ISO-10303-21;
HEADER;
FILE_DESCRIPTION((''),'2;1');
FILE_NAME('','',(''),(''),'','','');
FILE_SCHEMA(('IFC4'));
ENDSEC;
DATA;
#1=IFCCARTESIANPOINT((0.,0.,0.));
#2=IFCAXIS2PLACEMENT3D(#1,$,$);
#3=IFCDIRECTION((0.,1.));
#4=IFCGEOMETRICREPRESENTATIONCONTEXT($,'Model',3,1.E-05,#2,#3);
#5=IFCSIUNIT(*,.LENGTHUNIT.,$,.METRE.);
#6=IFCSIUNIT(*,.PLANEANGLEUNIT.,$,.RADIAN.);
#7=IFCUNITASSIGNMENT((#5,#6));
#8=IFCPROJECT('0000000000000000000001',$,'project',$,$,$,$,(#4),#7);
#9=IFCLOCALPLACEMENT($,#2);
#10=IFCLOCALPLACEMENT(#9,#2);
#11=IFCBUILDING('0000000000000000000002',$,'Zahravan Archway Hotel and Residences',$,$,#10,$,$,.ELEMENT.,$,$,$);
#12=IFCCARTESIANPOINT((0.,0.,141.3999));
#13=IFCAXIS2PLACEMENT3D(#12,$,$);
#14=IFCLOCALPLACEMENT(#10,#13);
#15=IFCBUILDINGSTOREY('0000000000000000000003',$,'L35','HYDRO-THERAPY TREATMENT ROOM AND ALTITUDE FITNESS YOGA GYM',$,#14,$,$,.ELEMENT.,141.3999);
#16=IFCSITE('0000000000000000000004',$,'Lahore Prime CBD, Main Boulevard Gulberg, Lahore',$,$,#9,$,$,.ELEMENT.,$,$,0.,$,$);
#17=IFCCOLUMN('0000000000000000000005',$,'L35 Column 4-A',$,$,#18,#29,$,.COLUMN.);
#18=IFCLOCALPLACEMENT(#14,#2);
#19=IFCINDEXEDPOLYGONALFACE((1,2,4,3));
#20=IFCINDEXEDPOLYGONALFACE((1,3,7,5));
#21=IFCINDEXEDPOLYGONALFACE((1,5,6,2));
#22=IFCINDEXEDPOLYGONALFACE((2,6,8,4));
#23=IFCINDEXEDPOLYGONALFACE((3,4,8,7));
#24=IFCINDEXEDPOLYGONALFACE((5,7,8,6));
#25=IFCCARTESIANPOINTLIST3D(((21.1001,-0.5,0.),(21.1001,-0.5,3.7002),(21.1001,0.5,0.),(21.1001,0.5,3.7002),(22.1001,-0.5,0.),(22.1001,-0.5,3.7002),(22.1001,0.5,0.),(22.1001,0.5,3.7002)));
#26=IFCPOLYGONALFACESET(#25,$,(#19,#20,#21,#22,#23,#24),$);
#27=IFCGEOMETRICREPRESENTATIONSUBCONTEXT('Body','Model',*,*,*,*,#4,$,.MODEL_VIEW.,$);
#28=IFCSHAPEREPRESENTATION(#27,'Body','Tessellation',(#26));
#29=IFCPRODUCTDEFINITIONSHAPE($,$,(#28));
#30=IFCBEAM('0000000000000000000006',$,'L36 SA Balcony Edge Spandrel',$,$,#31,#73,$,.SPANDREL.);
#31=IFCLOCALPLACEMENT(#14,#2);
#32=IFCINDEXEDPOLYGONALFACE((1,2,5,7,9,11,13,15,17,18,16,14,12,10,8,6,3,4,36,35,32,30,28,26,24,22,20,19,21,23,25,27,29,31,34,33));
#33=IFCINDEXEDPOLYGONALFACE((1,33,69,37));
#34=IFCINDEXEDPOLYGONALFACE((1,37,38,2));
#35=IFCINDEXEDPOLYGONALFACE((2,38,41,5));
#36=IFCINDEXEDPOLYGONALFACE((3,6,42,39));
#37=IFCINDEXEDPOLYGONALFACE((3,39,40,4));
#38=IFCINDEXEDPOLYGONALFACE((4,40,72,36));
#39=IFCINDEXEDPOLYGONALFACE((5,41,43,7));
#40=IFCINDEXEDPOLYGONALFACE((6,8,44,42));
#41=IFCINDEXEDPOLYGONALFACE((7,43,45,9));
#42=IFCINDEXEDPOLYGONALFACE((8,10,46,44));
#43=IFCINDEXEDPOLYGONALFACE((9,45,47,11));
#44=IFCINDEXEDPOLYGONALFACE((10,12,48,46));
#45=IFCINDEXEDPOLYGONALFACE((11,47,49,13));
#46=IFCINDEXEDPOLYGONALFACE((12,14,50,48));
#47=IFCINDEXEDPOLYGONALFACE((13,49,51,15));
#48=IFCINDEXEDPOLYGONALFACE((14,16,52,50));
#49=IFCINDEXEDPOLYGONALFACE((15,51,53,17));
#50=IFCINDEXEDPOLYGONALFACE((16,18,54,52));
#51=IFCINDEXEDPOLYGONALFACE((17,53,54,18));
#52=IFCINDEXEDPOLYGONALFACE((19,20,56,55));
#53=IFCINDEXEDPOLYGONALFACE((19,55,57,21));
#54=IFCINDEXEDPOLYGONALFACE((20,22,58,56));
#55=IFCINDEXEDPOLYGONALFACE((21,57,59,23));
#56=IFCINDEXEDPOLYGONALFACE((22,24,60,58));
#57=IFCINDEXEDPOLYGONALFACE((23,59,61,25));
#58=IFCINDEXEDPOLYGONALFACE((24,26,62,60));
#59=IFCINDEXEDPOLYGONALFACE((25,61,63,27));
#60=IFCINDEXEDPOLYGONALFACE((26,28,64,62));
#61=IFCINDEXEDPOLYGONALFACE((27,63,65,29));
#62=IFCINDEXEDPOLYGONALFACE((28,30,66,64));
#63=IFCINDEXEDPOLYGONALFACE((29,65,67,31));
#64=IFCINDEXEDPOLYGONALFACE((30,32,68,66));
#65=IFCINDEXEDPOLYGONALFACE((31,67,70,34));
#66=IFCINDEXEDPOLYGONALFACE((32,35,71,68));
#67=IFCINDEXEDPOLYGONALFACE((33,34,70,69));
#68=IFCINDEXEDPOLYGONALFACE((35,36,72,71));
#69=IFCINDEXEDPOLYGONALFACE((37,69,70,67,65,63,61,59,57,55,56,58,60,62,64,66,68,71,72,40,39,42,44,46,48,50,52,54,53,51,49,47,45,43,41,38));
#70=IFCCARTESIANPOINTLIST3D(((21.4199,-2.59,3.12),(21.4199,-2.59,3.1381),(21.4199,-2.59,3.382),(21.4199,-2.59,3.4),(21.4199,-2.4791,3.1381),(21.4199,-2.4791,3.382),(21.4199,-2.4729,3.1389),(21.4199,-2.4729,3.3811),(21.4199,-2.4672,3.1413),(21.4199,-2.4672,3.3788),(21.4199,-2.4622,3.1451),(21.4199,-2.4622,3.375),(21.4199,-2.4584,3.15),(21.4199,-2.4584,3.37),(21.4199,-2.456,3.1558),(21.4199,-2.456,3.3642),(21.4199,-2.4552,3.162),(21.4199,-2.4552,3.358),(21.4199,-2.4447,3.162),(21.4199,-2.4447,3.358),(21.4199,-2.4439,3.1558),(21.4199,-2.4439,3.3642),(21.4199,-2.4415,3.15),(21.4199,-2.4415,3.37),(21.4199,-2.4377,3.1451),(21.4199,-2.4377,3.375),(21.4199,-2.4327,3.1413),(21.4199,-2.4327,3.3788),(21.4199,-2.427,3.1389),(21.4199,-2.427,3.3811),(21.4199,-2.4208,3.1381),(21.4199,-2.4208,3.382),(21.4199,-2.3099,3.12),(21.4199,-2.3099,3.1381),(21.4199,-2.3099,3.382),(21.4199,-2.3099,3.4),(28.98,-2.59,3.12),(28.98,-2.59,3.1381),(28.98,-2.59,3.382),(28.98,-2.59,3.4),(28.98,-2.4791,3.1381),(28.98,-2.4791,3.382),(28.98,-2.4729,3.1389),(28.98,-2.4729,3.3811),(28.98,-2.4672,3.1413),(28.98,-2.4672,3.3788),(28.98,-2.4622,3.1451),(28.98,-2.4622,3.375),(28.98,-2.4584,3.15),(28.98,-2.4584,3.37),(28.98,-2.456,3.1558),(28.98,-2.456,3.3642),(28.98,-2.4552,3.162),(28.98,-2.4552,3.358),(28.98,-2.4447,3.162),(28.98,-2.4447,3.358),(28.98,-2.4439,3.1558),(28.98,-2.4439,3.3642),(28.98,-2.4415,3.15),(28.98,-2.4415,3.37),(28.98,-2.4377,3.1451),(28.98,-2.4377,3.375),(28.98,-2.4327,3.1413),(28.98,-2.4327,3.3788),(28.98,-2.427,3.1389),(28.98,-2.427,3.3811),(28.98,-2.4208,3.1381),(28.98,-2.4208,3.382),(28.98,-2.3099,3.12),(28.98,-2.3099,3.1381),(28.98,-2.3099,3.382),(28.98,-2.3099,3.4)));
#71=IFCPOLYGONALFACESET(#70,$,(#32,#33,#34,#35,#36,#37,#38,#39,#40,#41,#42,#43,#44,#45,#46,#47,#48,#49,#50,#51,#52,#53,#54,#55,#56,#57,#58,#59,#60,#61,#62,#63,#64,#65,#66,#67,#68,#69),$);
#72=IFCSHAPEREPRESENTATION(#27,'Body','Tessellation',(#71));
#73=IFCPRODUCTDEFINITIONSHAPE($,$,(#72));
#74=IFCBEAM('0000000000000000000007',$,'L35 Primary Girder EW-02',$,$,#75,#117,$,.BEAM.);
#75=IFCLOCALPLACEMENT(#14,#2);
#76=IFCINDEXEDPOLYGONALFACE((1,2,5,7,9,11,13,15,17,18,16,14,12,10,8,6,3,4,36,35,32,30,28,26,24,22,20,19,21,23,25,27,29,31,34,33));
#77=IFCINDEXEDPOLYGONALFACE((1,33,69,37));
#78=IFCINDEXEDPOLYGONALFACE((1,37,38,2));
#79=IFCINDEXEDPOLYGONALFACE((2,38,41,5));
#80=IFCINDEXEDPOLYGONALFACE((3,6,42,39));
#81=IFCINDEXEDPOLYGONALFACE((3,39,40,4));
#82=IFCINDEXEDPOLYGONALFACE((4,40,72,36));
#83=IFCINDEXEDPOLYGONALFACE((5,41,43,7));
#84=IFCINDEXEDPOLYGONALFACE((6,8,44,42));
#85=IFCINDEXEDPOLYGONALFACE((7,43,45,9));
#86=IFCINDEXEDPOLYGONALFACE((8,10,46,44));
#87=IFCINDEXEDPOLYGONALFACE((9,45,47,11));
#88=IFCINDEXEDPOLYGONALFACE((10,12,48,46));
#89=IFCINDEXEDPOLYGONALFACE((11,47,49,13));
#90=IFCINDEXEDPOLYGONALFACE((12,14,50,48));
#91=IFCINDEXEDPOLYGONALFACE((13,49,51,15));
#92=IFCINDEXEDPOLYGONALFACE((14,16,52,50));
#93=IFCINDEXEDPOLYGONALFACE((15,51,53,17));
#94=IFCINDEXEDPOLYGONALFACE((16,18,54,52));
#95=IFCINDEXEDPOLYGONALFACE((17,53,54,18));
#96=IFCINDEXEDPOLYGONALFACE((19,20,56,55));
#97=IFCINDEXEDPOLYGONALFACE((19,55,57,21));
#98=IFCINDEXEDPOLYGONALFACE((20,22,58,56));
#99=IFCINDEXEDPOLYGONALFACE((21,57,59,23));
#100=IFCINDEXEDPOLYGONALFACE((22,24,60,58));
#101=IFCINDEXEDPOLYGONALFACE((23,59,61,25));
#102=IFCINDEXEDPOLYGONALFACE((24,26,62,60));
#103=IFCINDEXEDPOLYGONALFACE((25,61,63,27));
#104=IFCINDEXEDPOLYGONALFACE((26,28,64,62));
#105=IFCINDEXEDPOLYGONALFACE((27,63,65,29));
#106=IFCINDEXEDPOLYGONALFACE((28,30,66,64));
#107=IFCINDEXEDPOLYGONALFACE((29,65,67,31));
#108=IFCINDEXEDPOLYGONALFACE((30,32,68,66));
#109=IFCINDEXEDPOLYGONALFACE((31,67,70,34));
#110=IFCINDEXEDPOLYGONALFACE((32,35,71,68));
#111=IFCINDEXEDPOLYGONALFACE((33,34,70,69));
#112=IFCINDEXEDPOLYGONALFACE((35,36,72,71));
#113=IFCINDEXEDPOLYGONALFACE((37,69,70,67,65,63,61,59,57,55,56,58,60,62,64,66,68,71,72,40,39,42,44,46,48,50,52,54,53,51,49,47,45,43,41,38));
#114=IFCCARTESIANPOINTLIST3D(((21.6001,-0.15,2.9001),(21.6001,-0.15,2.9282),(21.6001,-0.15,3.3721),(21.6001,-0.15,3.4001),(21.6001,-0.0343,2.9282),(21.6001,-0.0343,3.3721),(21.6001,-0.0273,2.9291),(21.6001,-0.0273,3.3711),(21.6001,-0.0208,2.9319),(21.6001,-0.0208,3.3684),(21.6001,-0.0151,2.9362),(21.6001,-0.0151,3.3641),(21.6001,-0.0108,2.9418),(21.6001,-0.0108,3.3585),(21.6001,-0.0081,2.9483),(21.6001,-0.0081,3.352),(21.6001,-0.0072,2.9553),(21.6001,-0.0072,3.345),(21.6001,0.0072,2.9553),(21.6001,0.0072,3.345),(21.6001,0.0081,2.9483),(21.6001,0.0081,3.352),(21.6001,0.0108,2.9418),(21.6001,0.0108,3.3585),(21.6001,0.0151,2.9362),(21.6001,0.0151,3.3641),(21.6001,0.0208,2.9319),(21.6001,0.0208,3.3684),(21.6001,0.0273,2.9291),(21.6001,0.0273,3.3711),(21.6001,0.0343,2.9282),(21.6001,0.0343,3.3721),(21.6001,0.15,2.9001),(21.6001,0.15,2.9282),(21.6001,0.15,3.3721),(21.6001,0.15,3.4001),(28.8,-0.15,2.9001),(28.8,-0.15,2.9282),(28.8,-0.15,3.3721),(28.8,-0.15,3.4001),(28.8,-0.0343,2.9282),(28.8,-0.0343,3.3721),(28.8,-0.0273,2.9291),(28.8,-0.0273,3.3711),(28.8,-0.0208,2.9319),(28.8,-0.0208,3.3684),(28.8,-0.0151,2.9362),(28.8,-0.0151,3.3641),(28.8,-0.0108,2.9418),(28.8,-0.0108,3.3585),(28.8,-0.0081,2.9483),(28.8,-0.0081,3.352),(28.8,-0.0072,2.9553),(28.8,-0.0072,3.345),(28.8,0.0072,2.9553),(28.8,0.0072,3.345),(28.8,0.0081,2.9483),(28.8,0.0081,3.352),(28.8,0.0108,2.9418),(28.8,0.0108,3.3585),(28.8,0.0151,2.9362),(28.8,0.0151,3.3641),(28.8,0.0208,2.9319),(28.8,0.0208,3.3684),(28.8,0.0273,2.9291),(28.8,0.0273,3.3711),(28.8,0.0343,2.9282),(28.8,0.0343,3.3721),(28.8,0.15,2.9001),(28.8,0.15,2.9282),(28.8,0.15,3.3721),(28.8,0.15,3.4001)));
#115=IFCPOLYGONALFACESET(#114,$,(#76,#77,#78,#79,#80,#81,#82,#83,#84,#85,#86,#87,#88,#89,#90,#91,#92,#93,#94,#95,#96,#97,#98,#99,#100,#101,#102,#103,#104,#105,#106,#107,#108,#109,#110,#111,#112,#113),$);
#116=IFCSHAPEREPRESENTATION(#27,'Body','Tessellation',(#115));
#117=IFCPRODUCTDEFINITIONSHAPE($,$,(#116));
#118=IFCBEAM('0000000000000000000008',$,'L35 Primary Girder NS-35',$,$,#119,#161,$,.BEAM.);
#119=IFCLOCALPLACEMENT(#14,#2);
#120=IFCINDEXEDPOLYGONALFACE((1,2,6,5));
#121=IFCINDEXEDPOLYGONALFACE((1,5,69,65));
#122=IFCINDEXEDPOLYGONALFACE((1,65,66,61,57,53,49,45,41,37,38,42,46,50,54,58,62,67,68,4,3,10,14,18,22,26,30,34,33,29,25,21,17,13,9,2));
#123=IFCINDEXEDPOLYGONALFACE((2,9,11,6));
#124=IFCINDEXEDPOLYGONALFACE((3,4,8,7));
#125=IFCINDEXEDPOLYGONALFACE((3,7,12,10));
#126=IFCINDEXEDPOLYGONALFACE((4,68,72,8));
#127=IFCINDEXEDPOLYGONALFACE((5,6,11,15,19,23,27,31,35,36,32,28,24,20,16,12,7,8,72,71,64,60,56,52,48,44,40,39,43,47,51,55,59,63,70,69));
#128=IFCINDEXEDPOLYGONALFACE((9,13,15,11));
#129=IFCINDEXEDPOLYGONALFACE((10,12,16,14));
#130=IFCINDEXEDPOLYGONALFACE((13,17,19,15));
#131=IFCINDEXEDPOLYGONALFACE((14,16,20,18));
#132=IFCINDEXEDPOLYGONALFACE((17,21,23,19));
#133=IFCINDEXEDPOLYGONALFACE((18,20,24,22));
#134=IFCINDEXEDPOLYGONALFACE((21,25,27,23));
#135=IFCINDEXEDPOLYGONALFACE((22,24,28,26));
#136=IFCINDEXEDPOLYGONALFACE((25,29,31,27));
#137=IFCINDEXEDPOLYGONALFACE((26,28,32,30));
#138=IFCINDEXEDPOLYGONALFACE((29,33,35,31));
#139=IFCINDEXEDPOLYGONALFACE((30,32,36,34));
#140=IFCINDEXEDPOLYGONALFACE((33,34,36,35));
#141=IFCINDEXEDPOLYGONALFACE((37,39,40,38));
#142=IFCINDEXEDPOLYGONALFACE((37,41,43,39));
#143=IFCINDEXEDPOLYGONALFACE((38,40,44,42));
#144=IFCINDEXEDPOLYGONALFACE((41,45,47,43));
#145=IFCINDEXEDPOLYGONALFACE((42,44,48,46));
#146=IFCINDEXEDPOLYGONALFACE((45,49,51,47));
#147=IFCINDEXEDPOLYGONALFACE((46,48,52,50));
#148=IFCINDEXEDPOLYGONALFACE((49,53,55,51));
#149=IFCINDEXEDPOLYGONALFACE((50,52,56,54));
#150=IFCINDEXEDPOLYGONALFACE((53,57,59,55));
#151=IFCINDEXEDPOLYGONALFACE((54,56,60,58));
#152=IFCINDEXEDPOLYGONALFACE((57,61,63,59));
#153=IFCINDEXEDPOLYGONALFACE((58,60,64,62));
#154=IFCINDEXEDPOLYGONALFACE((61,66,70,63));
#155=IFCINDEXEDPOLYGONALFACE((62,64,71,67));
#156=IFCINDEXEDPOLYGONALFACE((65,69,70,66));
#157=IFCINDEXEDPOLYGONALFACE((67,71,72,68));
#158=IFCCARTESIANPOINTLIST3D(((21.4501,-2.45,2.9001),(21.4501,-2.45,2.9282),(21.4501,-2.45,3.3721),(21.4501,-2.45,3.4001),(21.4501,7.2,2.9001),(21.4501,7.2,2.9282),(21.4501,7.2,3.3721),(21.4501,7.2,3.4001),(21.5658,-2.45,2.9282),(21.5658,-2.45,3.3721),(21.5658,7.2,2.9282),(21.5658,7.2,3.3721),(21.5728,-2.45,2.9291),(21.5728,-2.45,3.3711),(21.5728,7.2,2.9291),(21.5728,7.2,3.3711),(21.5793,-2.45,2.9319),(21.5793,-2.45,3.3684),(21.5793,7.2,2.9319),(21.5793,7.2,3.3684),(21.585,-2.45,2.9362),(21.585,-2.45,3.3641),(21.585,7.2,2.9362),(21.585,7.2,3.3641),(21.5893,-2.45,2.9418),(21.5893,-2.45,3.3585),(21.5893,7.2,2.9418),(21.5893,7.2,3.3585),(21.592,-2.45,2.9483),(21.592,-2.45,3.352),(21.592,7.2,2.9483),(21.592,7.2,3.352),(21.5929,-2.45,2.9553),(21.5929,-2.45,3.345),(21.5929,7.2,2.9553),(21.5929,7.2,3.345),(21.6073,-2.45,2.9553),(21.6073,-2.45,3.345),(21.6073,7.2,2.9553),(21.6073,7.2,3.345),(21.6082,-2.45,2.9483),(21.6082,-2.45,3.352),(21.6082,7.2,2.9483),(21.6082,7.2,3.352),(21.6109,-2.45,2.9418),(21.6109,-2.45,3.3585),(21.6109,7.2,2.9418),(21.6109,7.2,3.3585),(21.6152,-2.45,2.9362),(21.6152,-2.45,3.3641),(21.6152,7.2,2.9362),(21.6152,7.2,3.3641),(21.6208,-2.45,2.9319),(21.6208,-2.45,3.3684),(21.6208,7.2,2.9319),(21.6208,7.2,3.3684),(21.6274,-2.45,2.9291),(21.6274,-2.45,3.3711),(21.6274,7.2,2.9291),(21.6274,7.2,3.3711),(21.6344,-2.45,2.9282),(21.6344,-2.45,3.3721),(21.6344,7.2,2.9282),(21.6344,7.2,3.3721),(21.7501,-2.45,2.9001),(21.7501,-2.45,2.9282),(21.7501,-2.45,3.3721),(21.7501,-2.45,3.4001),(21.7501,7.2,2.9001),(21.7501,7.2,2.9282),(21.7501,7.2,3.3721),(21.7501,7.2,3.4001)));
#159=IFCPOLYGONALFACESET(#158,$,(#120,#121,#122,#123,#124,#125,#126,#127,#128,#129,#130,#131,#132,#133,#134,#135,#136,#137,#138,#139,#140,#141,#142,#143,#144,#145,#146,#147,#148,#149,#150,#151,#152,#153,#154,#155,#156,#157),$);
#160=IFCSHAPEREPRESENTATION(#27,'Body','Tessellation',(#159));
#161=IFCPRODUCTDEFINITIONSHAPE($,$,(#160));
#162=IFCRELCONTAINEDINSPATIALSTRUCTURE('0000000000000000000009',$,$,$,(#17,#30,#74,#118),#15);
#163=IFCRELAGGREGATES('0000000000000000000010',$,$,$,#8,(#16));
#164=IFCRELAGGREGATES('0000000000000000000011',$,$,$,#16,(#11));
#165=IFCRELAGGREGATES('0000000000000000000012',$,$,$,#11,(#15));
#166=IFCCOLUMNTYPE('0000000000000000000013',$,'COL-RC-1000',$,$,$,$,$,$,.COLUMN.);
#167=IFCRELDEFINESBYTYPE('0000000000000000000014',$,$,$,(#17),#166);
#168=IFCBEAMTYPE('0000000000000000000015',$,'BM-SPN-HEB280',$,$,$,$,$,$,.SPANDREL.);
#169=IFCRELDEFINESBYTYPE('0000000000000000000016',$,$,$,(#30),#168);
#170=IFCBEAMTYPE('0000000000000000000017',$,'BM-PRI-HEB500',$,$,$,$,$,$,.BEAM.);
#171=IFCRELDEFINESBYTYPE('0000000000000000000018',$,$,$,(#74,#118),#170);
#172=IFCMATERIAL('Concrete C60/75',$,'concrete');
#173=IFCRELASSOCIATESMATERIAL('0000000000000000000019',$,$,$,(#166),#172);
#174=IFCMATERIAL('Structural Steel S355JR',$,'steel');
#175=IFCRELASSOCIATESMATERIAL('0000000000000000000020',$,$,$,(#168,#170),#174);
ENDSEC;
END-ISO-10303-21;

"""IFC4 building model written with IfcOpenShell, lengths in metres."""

from ifc_helpers import new_model, si_unit, direction, frame, origin, origin_2d, place, context, subcontext, project, spatial, rectangle, i_section, extrude, source, transform, mapped, material, material_profile, profile_set, type_object, type_shapes, element, save


model = new_model("IFC4")

# Units and contexts
model_context = context("Model", 3, precision=1e-05, world=origin(), true_north=direction((0.0, 1.0)))
body_context = subcontext(model_context, "Body", "Model", "MODEL_VIEW")
ifc_project = project(units=[si_unit("LENGTHUNIT", "METRE"), si_unit("PLANEANGLEUNIT", "RADIAN")], contexts=[model_context])

# Site, building, storey
site_placement = place(None, origin())
site = spatial("IfcSite", under=ifc_project, at=site_placement, Name="Lahore Prime CBD, Main Boulevard Gulberg, Lahore", CompositionType="ELEMENT", RefElevation=0.0)
building_placement = place(site_placement, origin())
building = spatial("IfcBuilding", under=site, at=building_placement, Name="Zahravan Archway Hotel and Residences", CompositionType="ELEMENT")
storey_placement = place(building_placement, frame((0.0, 0.0, 141.3999)))
storey = spatial("IfcBuildingStorey", under=building, at=storey_placement, Name="L35", Description="HYDRO-THERAPY TREATMENT ROOM AND ALTITUDE FITNESS YOGA GYM", CompositionType="ELEMENT", Elevation=141.3999)

# Column
ifc_material_1 = material(Name="Concrete C60/75", Category="concrete")
ifc_material_profile_1 = material_profile(ifc_material_1, rectangle(XDim=1.0, YDim=1.0, at=origin_2d()), Name="RC-COL-1000x1000", Category="concrete")
ifc_profile_set_1 = profile_set([ifc_material_profile_1], Name="Concrete C60/75")
column_type = type_object("IfcColumnType", Name="COL-RC-1000", PredefinedType="COLUMN", material=ifc_profile_set_1)
shared_shape_1 = source(origin(), body_context, "Body", "SweptSolid", [
    extrude(rectangle(XDim=1.0, YDim=1.0, at=origin_2d()), origin(), (0.0, 0.0, 1.0), 3.7002),
])
column_placement = place(storey_placement, frame((21.6001, 0.0, 0.0), z_axis=(0.0, 0.0, 1.0), x_axis=(1.0, 0.0, 0.0)))
element("IfcColumn", 1, at=column_placement, inside=storey, type_object=column_type, Name="L35 Column 4-A", PredefinedType="COLUMN", context=body_context, shape_type="MappedRepresentation", body=[
    mapped(shared_shape_1, transform((0.0, 0.0, 0.0), scale=1.0)),
])

# Beams
ifc_material_2 = material(Name="Structural Steel S355JR", Category="steel")
ifc_material_profile_2 = material_profile(ifc_material_2, i_section(OverallWidth=0.28, OverallDepth=0.28, WebThickness=0.0105, FlangeThickness=0.0181, FilletRadius=0.0239, at=origin_2d()), Name="HEB 280", Category="steel")
ifc_profile_set_2 = profile_set([ifc_material_profile_2], Name="Structural Steel S355JR")
beam_type_1 = type_object("IfcBeamType", Name="BM-SPN-HEB280", PredefinedType="SPANDREL", material=ifc_profile_set_2)
shared_shape_2 = source(origin(), body_context, "Body", "SweptSolid", [
    extrude(i_section(OverallWidth=0.28, OverallDepth=0.28, WebThickness=0.0105, FlangeThickness=0.0181, FilletRadius=0.0239, at=origin_2d()), origin(), (0.0, 0.0, 1.0), 7.5601),
])
type_shapes(beam_type_1, [shared_shape_2])
beam_1_placement = place(storey_placement, frame((21.4199, -2.45, 3.26), z_axis=(1.0, 0.0, 0.0), x_axis=(0.0, 1.0, 0.0)))
element("IfcBeam", 2, at=beam_1_placement, inside=storey, type_object=beam_type_1, Name="L36 SA Balcony Edge Spandrel", PredefinedType="SPANDREL", context=body_context, shape_type="MappedRepresentation", body=[
    mapped(shared_shape_2, transform((0.0, 0.0, 0.0), scale=1.0)),
])
ifc_material_profile_3 = material_profile(ifc_material_2, i_section(OverallWidth=0.3, OverallDepth=0.5, WebThickness=0.0144, FlangeThickness=0.0281, FilletRadius=0.0271, at=origin_2d()), Name="HEB 500", Category="steel")
ifc_profile_set_3 = profile_set([ifc_material_profile_3], Name="Structural Steel S355JR")
beam_type_2 = type_object("IfcBeamType", Name="BM-PRI-HEB500", PredefinedType="BEAM", material=ifc_profile_set_3)
shared_shape_3 = source(origin(), body_context, "Body", "SweptSolid", [
    extrude(i_section(OverallWidth=0.3, OverallDepth=0.5, WebThickness=0.0144, FlangeThickness=0.0281, FilletRadius=0.0271, at=origin_2d()), origin(), (0.0, 0.0, 1.0), 7.2),
])
beam_2_placement = place(storey_placement, frame((21.6001, 0.0, 3.1501), z_axis=(1.0, 0.0, 0.0), x_axis=(0.0, 1.0, 0.0)))
element("IfcBeam", 3, at=beam_2_placement, inside=storey, type_object=beam_type_2, Name="L35 Primary Girder EW-02", PredefinedType="BEAM", context=body_context, shape_type="MappedRepresentation", body=[
    mapped(shared_shape_3, transform((0.0, 0.0, 0.0), scale=1.0)),
])
shared_shape_4 = source(origin(), body_context, "Body", "SweptSolid", [
    extrude(i_section(OverallWidth=0.3, OverallDepth=0.5, WebThickness=0.0144, FlangeThickness=0.0281, FilletRadius=0.0271, at=origin_2d()), origin(), (0.0, 0.0, 1.0), 9.6499),
])
beam_3_placement = place(storey_placement, frame((21.6001, -2.45, 3.1501), z_axis=(0.0, 1.0, 0.0), x_axis=(-1.0, 0.0, 0.0)))
element("IfcBeam", 4, at=beam_3_placement, inside=storey, type_object=beam_type_2, Name="L35 Primary Girder NS-35", PredefinedType="BEAM", context=body_context, shape_type="MappedRepresentation", body=[
    mapped(shared_shape_4, transform((0.0, 0.0, 0.0), scale=1.0)),
])

save(model, "model.ifc")
